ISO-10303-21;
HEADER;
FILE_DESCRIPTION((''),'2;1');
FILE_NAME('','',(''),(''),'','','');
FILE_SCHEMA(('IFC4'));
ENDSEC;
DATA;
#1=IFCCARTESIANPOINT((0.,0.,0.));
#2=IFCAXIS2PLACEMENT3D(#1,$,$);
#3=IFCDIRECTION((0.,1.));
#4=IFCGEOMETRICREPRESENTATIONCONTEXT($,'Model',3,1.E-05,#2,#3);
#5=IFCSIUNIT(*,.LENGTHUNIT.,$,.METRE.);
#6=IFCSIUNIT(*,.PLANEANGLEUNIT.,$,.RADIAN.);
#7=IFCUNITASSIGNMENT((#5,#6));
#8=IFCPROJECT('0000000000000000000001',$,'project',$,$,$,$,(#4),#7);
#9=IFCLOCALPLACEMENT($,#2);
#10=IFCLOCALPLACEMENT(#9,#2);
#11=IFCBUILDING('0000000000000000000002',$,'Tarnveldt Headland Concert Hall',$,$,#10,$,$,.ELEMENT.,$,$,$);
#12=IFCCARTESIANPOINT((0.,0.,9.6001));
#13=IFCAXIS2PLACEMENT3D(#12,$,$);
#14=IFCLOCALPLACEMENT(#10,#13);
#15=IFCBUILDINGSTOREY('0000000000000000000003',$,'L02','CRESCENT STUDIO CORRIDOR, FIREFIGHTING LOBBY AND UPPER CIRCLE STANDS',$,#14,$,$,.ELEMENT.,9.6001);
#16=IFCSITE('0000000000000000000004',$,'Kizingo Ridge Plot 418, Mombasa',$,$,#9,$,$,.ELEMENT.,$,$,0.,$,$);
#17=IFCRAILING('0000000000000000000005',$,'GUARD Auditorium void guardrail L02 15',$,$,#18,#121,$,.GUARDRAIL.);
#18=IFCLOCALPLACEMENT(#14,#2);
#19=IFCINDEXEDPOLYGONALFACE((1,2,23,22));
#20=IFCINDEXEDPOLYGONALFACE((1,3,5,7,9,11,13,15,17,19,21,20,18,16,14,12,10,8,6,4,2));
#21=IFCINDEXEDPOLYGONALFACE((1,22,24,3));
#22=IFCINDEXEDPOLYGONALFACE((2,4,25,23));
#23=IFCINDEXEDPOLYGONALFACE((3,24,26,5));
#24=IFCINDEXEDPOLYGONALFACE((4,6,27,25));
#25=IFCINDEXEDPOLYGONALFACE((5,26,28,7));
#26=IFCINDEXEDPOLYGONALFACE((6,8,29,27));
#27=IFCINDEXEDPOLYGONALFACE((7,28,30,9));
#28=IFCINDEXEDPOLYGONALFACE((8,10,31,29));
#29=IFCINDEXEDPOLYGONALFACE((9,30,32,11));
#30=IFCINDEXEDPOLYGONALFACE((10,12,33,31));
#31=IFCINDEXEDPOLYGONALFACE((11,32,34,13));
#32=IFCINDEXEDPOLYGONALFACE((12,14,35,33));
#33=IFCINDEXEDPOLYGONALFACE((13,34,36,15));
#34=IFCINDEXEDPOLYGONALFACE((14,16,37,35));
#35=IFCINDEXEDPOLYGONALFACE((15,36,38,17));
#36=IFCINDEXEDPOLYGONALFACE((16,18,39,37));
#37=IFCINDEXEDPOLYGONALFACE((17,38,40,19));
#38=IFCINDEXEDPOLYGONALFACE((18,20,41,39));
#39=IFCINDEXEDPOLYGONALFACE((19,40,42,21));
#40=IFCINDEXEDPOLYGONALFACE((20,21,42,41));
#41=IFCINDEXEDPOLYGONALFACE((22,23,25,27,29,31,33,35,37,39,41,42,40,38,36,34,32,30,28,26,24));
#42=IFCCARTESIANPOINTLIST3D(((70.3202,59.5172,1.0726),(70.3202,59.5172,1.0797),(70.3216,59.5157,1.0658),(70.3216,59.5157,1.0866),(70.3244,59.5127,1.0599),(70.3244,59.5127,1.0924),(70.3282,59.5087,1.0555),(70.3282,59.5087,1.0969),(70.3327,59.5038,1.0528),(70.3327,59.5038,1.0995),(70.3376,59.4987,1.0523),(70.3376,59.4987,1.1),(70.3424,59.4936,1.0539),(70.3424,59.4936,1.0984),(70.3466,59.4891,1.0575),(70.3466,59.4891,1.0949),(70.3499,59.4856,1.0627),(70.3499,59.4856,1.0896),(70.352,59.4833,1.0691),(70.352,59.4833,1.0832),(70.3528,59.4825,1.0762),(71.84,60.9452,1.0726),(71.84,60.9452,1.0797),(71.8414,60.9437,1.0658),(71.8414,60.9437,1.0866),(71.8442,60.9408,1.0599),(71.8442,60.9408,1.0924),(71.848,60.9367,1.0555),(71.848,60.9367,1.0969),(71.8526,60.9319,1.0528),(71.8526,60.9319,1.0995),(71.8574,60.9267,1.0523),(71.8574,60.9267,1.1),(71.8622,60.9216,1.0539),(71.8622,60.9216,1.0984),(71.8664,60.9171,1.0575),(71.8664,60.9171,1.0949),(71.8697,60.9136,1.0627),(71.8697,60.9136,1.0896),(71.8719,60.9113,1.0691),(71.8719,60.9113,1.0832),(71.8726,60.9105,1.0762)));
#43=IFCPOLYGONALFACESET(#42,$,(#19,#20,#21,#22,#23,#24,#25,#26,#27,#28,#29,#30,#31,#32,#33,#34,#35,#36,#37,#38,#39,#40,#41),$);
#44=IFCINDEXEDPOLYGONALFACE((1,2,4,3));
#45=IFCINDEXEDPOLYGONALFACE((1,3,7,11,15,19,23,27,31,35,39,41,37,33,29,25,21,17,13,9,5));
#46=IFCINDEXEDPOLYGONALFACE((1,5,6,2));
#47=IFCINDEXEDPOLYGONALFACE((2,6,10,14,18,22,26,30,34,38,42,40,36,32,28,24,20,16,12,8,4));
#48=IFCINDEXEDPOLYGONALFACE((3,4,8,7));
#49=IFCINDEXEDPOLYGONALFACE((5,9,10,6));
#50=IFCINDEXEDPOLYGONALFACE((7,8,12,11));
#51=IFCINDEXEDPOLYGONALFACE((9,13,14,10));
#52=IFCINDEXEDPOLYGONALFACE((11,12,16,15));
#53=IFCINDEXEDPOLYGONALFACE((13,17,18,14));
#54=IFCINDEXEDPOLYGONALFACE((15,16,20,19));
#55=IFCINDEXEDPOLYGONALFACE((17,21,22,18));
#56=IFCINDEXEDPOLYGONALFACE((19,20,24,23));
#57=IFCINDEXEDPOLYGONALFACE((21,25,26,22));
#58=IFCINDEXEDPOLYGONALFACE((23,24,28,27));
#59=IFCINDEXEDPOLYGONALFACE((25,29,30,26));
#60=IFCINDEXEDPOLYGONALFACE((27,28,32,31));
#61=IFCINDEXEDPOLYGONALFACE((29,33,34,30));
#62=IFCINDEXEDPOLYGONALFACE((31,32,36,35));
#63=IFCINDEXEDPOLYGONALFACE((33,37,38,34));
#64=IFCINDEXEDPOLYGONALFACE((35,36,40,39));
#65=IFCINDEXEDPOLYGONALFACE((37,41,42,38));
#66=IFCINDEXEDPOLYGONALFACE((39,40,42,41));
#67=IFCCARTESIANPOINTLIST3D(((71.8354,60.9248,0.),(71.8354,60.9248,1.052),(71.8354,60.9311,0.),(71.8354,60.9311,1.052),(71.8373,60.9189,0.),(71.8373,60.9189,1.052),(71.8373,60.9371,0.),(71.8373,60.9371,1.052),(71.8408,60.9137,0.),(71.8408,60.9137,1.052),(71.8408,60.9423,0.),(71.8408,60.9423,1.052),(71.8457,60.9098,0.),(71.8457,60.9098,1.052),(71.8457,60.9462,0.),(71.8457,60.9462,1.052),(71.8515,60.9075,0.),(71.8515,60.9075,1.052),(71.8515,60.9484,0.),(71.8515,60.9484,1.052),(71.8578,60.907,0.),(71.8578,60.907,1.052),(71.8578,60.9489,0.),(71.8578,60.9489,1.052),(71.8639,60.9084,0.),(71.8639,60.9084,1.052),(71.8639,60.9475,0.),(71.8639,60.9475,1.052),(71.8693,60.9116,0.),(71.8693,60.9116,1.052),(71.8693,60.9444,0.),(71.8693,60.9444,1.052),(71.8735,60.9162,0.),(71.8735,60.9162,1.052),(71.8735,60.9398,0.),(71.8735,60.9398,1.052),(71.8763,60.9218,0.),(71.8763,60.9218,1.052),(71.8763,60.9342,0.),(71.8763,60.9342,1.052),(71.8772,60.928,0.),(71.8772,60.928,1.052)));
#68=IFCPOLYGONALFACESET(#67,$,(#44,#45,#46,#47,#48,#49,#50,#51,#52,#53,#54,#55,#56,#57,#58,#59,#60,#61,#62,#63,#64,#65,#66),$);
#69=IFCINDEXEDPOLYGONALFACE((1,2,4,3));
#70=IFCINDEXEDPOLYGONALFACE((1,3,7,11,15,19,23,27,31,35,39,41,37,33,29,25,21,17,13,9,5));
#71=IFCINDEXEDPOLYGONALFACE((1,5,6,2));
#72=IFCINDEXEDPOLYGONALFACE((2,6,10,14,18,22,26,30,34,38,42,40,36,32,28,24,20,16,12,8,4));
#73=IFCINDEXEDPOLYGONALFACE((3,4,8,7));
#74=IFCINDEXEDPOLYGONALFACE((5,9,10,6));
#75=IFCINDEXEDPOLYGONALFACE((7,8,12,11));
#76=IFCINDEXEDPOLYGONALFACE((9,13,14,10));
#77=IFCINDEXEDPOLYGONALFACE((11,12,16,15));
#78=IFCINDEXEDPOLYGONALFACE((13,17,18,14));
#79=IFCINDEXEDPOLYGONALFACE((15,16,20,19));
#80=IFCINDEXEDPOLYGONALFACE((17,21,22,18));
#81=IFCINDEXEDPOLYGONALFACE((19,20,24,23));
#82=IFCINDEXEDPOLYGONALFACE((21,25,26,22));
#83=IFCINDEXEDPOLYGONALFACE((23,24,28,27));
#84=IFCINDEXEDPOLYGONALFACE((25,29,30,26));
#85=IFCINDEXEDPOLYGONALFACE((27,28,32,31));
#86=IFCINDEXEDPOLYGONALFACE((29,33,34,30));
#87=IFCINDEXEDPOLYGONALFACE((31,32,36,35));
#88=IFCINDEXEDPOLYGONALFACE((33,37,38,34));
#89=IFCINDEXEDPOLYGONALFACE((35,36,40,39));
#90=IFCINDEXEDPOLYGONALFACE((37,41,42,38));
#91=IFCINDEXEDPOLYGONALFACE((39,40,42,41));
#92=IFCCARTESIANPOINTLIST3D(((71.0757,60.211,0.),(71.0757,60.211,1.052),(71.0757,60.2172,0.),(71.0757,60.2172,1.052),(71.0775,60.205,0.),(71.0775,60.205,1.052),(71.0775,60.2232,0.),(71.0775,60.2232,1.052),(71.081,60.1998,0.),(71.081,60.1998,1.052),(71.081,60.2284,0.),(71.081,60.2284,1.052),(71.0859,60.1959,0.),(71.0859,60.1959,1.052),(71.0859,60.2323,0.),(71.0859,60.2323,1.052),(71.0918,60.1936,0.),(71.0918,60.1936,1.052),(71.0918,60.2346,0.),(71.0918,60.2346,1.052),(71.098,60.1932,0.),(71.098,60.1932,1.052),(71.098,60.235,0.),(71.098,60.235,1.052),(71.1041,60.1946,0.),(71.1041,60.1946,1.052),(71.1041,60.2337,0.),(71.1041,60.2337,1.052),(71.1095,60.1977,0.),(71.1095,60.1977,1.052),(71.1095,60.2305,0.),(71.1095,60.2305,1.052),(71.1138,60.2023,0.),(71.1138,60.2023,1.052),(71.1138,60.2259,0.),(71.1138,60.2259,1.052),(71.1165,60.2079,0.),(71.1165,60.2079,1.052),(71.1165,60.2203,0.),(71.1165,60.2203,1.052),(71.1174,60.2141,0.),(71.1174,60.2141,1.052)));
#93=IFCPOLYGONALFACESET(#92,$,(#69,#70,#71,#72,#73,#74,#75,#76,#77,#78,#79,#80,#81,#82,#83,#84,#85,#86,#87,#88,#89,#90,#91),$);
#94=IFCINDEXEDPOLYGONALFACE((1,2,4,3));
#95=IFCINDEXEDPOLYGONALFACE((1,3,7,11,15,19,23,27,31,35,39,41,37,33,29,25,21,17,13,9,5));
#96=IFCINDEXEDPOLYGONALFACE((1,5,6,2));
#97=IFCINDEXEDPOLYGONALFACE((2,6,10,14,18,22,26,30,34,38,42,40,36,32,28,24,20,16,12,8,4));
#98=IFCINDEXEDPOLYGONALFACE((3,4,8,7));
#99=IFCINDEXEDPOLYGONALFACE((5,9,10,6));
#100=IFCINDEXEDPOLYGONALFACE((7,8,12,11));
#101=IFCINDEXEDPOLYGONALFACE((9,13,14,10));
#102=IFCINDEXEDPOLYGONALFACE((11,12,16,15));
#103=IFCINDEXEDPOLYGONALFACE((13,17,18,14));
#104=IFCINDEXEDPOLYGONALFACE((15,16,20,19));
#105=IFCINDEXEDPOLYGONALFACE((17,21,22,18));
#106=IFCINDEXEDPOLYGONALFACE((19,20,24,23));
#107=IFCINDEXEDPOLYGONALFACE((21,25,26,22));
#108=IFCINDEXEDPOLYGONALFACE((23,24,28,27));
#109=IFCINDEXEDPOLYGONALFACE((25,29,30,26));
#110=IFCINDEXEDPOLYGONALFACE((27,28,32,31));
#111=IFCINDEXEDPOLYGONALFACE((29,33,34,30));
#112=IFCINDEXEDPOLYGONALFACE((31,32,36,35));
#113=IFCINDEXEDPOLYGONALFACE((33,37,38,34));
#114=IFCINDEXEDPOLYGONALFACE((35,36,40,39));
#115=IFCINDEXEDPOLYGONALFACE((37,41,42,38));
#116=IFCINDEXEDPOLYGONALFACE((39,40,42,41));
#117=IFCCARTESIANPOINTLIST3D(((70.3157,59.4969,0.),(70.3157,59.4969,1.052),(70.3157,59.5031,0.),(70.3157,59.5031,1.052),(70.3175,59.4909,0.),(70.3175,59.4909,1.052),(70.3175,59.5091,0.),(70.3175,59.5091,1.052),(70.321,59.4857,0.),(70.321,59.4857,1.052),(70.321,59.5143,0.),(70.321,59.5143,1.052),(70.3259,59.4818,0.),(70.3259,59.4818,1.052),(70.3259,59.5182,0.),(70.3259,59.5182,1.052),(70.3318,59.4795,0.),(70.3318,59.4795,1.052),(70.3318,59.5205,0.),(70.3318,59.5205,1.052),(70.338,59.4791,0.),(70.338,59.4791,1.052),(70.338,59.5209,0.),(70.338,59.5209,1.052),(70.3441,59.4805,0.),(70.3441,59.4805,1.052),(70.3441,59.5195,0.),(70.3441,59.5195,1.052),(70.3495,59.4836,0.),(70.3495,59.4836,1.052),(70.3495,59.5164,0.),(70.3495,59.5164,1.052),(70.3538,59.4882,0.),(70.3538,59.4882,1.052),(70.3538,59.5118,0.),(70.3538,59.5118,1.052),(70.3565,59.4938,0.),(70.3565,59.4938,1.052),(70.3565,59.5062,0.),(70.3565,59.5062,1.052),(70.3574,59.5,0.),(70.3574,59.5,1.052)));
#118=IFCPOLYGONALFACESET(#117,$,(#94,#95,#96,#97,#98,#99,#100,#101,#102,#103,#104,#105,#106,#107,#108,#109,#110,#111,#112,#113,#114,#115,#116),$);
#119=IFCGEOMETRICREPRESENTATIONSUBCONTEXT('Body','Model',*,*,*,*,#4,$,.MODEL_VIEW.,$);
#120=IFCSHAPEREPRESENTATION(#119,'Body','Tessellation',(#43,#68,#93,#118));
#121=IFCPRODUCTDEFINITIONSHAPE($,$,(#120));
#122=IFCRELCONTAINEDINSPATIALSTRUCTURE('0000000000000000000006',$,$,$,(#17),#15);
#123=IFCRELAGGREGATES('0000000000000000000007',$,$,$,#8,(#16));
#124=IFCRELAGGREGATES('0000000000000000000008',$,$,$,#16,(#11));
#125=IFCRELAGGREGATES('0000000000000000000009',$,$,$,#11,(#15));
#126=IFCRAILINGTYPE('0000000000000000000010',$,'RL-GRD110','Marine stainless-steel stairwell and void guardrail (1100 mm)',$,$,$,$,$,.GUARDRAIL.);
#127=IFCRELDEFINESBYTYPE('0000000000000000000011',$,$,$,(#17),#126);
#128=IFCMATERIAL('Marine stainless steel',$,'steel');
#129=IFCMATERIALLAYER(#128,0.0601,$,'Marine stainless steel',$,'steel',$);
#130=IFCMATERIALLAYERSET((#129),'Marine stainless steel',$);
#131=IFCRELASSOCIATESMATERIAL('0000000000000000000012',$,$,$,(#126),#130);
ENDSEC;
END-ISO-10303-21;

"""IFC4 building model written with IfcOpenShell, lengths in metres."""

from ifc_helpers import new_model, si_unit, direction, frame, origin, origin_2d, place, context, subcontext, project, spatial, circle, extrude, material, layer, layer_set, type_object, element, save


model = new_model("IFC4")

# Units and contexts
model_context = context("Model", 3, precision=1e-05, world=origin(), true_north=direction((0.0, 1.0)))
body_context = subcontext(model_context, "Body", "Model", "MODEL_VIEW")
ifc_project = project(units=[si_unit("LENGTHUNIT", "METRE"), si_unit("PLANEANGLEUNIT", "RADIAN")], contexts=[model_context])

# Site, building, storey
site_placement = place(None, origin())
site = spatial("IfcSite", under=ifc_project, at=site_placement, Name="Kizingo Ridge Plot 418, Mombasa", CompositionType="ELEMENT", RefElevation=0.0)
building_placement = place(site_placement, origin())
building = spatial("IfcBuilding", under=site, at=building_placement, Name="Tarnveldt Headland Concert Hall", CompositionType="ELEMENT")
storey_placement = place(building_placement, frame((0.0, 0.0, 9.6001)))
storey = spatial("IfcBuildingStorey", under=building, at=storey_placement, Name="L02", Description="CRESCENT STUDIO CORRIDOR, FIREFIGHTING LOBBY AND UPPER CIRCLE STANDS", CompositionType="ELEMENT", Elevation=9.6001)

# Railing
ifc_material_1 = material(Name="Marine stainless steel", Category="steel")
ifc_layer = layer(ifc_material_1, 0.0601, Name="Marine stainless steel", Category="steel")
ifc_layer_set = layer_set([ifc_layer], Name="Marine stainless steel")
railing_type = type_object("IfcRailingType", Name="RL-GRD110", Description="Marine stainless-steel stairwell and void guardrail (1100 mm)", PredefinedType="GUARDRAIL", material=ifc_layer_set)
railing_1_placement = place(storey_placement, frame((71.8562, 60.928, 0.0)))
element("IfcRailing", 1, at=railing_1_placement, inside=storey, type_object=railing_type, Name="GUARD Auditorium void guardrail L02 15", PredefinedType="GUARDRAIL", context=body_context, shape_type="SweptSolid", body=[
    extrude(circle(Radius=0.0239, at=origin_2d()), frame((0.0, 0.0, 1.0762), z_axis=(-0.728774, -0.684755, 0.0), x_axis=(0.684755, -0.728774, 0.0)), (0.0, 0.0, 1.0), 2.0854),
    extrude(circle(Radius=0.021, at=origin_2d()), origin(), (0.0, 0.0, 1.0), 1.052),
    extrude(circle(Radius=0.021, at=origin_2d()), frame((-0.7598, -0.7139, 0.0)), (0.0, 0.0, 1.0), 1.052),
    extrude(circle(Radius=0.021, at=origin_2d()), frame((-1.5198, -1.428, 0.0)), (0.0, 0.0, 1.0), 1.052),
])

save(model, "model.ifc")
